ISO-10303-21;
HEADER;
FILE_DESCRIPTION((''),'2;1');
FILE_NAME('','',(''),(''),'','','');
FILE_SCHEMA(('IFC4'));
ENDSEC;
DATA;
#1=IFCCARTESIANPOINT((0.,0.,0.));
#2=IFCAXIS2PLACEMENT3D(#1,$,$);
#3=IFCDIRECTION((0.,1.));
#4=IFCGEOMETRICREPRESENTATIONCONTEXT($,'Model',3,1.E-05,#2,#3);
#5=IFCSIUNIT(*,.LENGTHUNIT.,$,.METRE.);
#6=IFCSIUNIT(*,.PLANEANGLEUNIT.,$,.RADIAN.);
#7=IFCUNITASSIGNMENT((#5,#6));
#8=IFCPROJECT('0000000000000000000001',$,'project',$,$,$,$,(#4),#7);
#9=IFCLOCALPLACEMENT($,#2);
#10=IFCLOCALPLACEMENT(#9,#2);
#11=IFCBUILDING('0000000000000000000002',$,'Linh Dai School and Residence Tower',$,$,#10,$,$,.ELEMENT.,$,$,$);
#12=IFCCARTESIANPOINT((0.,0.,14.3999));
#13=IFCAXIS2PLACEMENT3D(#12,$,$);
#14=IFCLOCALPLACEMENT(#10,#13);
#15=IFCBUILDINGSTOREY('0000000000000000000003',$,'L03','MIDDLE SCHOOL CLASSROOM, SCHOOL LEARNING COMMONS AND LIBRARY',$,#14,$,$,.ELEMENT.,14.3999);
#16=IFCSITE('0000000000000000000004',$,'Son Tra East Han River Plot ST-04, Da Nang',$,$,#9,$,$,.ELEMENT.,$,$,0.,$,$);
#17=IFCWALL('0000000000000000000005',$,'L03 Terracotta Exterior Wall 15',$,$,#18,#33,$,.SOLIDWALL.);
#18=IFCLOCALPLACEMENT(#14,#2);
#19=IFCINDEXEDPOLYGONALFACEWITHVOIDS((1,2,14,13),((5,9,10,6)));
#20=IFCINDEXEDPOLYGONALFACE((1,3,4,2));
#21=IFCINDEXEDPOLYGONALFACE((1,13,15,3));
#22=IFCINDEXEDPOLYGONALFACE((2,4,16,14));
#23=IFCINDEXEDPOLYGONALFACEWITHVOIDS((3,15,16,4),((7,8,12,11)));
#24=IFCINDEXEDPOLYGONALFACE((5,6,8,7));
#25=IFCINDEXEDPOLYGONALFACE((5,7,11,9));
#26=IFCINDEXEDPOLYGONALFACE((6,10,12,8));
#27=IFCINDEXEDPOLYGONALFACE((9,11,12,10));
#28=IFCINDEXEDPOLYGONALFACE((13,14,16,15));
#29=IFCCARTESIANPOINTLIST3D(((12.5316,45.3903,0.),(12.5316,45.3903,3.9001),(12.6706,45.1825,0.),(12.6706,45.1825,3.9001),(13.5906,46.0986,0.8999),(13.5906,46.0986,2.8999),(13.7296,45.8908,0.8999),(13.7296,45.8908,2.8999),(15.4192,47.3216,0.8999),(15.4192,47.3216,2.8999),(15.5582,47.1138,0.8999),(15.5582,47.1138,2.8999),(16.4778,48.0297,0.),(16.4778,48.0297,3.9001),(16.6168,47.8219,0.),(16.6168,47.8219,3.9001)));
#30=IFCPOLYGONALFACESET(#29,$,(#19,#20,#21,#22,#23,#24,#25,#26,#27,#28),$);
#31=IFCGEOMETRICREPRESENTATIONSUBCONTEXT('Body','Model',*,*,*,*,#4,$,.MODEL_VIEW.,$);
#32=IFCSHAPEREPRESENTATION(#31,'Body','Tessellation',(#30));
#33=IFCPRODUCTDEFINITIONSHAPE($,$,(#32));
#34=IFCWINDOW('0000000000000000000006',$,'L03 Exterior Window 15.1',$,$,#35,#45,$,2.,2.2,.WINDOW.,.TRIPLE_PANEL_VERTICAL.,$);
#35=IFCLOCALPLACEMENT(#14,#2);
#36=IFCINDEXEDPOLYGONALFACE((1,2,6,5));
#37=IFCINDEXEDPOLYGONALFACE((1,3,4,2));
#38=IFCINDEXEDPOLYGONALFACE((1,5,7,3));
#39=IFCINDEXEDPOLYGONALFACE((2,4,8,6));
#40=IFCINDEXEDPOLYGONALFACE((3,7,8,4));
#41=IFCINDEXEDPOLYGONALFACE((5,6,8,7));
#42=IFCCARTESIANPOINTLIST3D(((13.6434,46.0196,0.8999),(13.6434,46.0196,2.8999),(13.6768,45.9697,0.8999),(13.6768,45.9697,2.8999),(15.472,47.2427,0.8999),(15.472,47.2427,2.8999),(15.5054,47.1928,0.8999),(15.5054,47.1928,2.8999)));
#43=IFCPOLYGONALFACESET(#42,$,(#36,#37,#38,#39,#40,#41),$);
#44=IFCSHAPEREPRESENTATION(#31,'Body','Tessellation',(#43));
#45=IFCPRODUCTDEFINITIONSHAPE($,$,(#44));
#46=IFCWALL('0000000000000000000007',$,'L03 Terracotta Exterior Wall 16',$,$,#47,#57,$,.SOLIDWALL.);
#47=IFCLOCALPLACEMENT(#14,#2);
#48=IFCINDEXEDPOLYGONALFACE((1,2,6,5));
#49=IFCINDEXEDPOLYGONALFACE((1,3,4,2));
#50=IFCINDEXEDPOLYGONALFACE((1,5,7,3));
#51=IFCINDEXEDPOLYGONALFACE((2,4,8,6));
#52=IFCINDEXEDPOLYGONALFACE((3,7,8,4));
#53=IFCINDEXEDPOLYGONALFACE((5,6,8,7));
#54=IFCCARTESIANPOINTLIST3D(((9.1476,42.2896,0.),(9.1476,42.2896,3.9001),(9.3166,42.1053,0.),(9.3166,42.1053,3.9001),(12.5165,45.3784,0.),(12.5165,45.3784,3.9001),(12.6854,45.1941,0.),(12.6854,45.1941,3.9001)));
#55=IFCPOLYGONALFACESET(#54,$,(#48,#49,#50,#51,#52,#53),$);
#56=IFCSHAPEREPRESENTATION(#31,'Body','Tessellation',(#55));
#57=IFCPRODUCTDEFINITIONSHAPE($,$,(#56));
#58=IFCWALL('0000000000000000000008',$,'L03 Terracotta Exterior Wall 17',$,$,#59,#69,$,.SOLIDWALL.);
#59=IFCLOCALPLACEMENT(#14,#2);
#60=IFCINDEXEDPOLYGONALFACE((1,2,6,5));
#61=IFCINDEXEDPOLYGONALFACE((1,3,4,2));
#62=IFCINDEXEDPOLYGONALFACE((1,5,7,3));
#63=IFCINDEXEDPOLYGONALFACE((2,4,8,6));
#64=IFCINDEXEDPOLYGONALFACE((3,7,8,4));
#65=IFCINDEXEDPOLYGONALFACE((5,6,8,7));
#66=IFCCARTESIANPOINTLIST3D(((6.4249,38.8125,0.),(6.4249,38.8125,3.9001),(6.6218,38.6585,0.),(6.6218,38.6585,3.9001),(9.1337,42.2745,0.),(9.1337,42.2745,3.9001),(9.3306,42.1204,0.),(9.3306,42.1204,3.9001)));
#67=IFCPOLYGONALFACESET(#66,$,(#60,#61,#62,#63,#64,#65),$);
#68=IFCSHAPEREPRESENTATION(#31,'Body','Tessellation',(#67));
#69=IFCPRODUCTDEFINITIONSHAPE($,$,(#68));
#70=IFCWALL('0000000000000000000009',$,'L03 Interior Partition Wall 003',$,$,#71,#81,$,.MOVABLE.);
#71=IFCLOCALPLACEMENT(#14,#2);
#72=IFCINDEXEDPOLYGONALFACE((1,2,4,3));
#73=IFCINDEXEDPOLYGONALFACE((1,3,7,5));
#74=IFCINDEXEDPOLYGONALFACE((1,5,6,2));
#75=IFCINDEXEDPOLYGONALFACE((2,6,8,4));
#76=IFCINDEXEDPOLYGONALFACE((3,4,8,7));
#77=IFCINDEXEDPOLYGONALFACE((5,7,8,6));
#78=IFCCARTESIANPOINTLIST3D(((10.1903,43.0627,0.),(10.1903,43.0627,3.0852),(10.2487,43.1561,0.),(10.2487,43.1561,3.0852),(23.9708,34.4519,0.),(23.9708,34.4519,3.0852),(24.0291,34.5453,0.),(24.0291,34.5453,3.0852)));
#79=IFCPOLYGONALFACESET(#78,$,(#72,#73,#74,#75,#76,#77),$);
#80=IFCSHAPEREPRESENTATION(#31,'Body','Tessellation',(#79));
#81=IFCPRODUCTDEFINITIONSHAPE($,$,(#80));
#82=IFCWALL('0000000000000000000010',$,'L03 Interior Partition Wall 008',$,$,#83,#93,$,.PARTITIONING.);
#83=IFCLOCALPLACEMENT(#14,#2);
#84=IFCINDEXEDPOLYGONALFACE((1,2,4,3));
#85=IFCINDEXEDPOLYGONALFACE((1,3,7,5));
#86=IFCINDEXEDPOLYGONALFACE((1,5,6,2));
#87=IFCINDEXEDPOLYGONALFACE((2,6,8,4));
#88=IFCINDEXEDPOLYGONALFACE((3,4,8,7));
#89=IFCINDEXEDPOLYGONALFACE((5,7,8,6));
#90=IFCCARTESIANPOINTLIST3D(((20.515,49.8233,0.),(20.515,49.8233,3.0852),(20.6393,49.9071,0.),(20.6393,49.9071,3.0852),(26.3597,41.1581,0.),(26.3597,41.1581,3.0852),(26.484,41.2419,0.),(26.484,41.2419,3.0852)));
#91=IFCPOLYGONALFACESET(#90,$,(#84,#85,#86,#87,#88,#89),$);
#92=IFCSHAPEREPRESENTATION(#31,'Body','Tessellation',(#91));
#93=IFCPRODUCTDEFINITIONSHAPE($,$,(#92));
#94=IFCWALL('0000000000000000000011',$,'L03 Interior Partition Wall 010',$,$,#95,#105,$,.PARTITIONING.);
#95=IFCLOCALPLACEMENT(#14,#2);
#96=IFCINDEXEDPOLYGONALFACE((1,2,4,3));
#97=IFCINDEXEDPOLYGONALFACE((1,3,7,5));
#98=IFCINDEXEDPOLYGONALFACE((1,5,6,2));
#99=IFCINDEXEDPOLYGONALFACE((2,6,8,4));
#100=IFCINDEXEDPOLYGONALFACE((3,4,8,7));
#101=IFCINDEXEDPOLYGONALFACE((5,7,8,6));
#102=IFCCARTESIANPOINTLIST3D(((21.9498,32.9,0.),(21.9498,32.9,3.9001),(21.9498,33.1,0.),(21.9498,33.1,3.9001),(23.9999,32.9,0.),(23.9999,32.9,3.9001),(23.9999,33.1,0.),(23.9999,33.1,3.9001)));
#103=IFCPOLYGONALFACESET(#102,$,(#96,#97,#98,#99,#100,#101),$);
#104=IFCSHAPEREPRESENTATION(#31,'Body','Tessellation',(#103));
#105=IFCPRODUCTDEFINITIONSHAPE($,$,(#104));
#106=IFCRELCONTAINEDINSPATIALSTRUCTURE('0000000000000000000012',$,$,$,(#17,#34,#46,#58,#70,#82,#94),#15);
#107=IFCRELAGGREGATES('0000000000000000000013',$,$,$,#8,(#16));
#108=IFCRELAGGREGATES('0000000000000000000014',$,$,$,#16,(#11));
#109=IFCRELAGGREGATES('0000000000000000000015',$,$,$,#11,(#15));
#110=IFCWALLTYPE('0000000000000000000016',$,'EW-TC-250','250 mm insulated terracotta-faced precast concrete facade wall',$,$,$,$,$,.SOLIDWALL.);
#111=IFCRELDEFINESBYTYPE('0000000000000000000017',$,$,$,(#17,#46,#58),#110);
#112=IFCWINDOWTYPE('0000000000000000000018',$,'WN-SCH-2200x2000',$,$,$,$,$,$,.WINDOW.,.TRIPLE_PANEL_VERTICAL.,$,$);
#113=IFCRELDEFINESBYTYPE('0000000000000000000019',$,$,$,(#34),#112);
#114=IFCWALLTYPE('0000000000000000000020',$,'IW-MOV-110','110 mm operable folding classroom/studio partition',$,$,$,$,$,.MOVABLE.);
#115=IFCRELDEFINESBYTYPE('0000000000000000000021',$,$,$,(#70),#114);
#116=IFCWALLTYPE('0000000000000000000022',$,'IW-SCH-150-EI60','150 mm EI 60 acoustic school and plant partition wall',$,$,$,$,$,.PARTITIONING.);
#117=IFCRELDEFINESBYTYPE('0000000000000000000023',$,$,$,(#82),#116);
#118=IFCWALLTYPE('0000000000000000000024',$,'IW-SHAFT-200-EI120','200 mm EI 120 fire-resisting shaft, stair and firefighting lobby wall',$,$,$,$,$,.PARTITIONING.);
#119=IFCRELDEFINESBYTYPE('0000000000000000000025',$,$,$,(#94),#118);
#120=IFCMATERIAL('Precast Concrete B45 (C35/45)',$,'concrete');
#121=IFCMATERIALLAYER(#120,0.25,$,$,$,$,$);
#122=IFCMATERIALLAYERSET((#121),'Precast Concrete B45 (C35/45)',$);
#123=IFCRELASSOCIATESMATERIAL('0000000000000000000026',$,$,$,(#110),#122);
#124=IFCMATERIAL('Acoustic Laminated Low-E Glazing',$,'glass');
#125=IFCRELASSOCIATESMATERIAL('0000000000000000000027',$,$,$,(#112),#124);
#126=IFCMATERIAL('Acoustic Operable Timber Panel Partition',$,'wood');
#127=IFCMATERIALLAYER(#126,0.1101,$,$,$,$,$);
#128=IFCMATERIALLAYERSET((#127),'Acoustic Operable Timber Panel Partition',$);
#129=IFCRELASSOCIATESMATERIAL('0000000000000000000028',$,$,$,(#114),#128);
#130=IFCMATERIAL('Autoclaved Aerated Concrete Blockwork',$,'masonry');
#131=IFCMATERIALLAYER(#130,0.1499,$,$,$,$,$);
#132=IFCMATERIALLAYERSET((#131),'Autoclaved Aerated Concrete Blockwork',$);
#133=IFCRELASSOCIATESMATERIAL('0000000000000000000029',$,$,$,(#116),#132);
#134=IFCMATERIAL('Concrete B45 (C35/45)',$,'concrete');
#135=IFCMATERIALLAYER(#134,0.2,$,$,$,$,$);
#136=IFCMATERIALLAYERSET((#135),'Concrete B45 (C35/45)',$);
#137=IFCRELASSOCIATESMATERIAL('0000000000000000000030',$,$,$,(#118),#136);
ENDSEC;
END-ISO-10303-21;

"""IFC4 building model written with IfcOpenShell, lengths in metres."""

from ifc_helpers import new_model, si_unit, direction, frame, frame_2d, origin, origin_2d, place, context, subcontext, project, spatial, rectangle, extrude, source, transform, mapped, material, layer, layer_set, type_object, element, fill, save


model = new_model("IFC4")

# Units and contexts
model_context = context("Model", 3, precision=1e-05, world=origin(), true_north=direction((0.0, 1.0)))
body_context = subcontext(model_context, "Body", "Model", "MODEL_VIEW")
ifc_project = project(units=[si_unit("LENGTHUNIT", "METRE"), si_unit("PLANEANGLEUNIT", "RADIAN")], contexts=[model_context])

# Site, building, storey
site_placement = place(None, origin())
site = spatial("IfcSite", under=ifc_project, at=site_placement, Name="Son Tra East Han River Plot ST-04, Da Nang", CompositionType="ELEMENT", RefElevation=0.0)
building_placement = place(site_placement, origin())
building = spatial("IfcBuilding", under=site, at=building_placement, Name="Linh Dai School and Residence Tower", CompositionType="ELEMENT")
storey_placement = place(building_placement, frame((0.0, 0.0, 14.3999)))
storey = spatial("IfcBuildingStorey", under=building, at=storey_placement, Name="L03", Description="MIDDLE SCHOOL CLASSROOM, SCHOOL LEARNING COMMONS AND LIBRARY", CompositionType="ELEMENT", Elevation=14.3999)

# Wall, opening, window
ifc_material_1 = material(Name="Precast Concrete B45 (C35/45)", Category="concrete")
ifc_layer_1 = layer(ifc_material_1, 0.25)
ifc_layer_set_1 = layer_set([ifc_layer_1], Name="Precast Concrete B45 (C35/45)")
wall_type_1 = type_object("IfcWallType", Name="EW-TC-250", Description="250 mm insulated terracotta-faced precast concrete facade wall", PredefinedType="SOLIDWALL", material=ifc_layer_set_1)
ifc_material_2 = material(Name="Acoustic Laminated Low-E Glazing", Category="glass")
window_type = type_object("IfcWindowType", Name="WN-SCH-2200x2000", PartitioningType="TRIPLE_PANEL_VERTICAL", PredefinedType="WINDOW", material=ifc_material_2)
shared_shape_1 = source(origin(), body_context, "Body", "SweptSolid", [
    extrude(rectangle(XDim=2.2, YDim=2.0, at=origin_2d()), frame((1.1001, 0.03, 1.0), z_axis=(0.0, -1.0, 0.0), x_axis=(1.0, 0.0, 0.0)), (0.0, 0.0, 1.0), 0.0601),
])
wall_1_placement = place(storey_placement, frame((12.6011, 45.2864, 0.0), z_axis=(0.0, 0.0, 1.0), x_axis=(0.831219, 0.555946, 0.0)))
wall_1 = element("IfcWall", 1, at=wall_1_placement, inside=storey, type_object=wall_type_1, Name="L03 Terracotta Exterior Wall 15", PredefinedType="SOLIDWALL", context=body_context, shape_type="SweptSolid", body=[
    extrude(rectangle(XDim=4.7476, YDim=0.25, at=frame_2d((2.3738, 0.0))), origin(), (0.0, 0.0, 1.0), 3.9001),
])
opening_1_placement = place(wall_1_placement, frame((1.2739, 0.0, 0.8999)))
opening_1 = element("IfcOpeningElement", 2, at=opening_1_placement, cuts=wall_1, PredefinedType="OPENING", context=body_context, shape_type="SweptSolid", body=[
    extrude(rectangle(XDim=2.2, YDim=2.0, at=origin_2d()), frame((1.1001, 0.135, 1.0), z_axis=(0.0, -1.0, 0.0), x_axis=(1.0, 0.0, 0.0)), (0.0, 0.0, 1.0), 0.27),
])
window_1_placement = place(opening_1_placement, origin())
window_1 = element("IfcWindow", 3, at=window_1_placement, inside=storey, type_object=window_type, Name="L03 Exterior Window 15.1", OverallHeight=2.0, OverallWidth=2.2, PartitioningType="TRIPLE_PANEL_VERTICAL", PredefinedType="WINDOW", context=body_context, shape_type="MappedRepresentation", body=[
    mapped(shared_shape_1, transform((0.0, 0.0, 0.0), x_axis=(1.0, 0.0, 0.0), y_axis=(0.0, 1.0, 0.0), z_axis=(0.0, 0.0, 1.0), scale=1.0)),
])
fill(opening_1, window_1)

# Walls
wall_2_placement = place(storey_placement, frame((9.2322, 42.1975, 0.0), z_axis=(0.0, 0.0, 1.0), x_axis=(0.737077, 0.675809, 0.0)))
element("IfcWall", 4, at=wall_2_placement, inside=storey, type_object=wall_type_1, Name="L03 Terracotta Exterior Wall 16", PredefinedType="SOLIDWALL", context=body_context, shape_type="SweptSolid", body=[
    extrude(rectangle(XDim=4.5706, YDim=0.25, at=frame_2d((2.2852, 0.0))), origin(), (0.0, 0.0, 1.0), 3.9001),
])
wall_3_placement = place(storey_placement, frame((6.5234, 38.7356, 0.0), z_axis=(0.0, 0.0, 1.0), x_axis=(0.616226, 0.787569, 0.0)))
element("IfcWall", 5, at=wall_3_placement, inside=storey, type_object=wall_type_1, Name="L03 Terracotta Exterior Wall 17", PredefinedType="SOLIDWALL", context=body_context, shape_type="SweptSolid", body=[
    extrude(rectangle(XDim=4.3958, YDim=0.25, at=frame_2d((2.1978, 0.0))), origin(), (0.0, 0.0, 1.0), 3.9001),
])
ifc_material_3 = material(Name="Acoustic Operable Timber Panel Partition", Category="wood")
ifc_layer_2 = layer(ifc_material_3, 0.1101)
ifc_layer_set_2 = layer_set([ifc_layer_2], Name="Acoustic Operable Timber Panel Partition")
wall_type_2 = type_object("IfcWallType", Name="IW-MOV-110", Description="110 mm operable folding classroom/studio partition", PredefinedType="MOVABLE", material=ifc_layer_set_2)
wall_4_placement = place(storey_placement, frame((10.2195, 43.1094, 0.0), z_axis=(0.0, 0.0, 1.0), x_axis=(0.848053, -0.529911, 0.0)))
element("IfcWall", 6, at=wall_4_placement, inside=storey, type_object=wall_type_2, Name="L03 Interior Partition Wall 003", PredefinedType="MOVABLE", context=body_context, shape_type="SweptSolid", body=[
    extrude(rectangle(XDim=16.2495, YDim=0.1101, at=frame_2d((8.1248, 0.0))), origin(), (0.0, 0.0, 1.0), 3.0852),
])
ifc_material_4 = material(Name="Autoclaved Aerated Concrete Blockwork", Category="masonry")
ifc_layer_3 = layer(ifc_material_4, 0.1499)
ifc_layer_set_3 = layer_set([ifc_layer_3], Name="Autoclaved Aerated Concrete Blockwork")
wall_type_3 = type_object("IfcWallType", Name="IW-SCH-150-EI60", Description="150 mm EI 60 acoustic school and plant partition wall", PredefinedType="PARTITIONING", material=ifc_layer_set_3)
wall_5_placement = place(storey_placement, frame((20.5771, 49.8652, 0.0), z_axis=(0.0, 0.0, 1.0), x_axis=(0.559188, -0.829041, 0.0)))
element("IfcWall", 7, at=wall_5_placement, inside=storey, type_object=wall_type_3, Name="L03 Interior Partition Wall 008", PredefinedType="PARTITIONING", context=body_context, shape_type="SweptSolid", body=[
    extrude(rectangle(XDim=10.4521, YDim=0.1499, at=frame_2d((5.2261, 0.0))), origin(), (0.0, 0.0, 1.0), 3.0852),
])
ifc_material_5 = material(Name="Concrete B45 (C35/45)", Category="concrete")
ifc_layer_4 = layer(ifc_material_5, 0.2)
ifc_layer_set_4 = layer_set([ifc_layer_4], Name="Concrete B45 (C35/45)")
wall_type_4 = type_object("IfcWallType", Name="IW-SHAFT-200-EI120", Description="200 mm EI 120 fire-resisting shaft, stair and firefighting lobby wall", PredefinedType="PARTITIONING", material=ifc_layer_set_4)
wall_6_placement = place(storey_placement, frame((21.95, 33.0, 0.0), z_axis=(0.0, 0.0, 1.0), x_axis=(1.0, 0.0, 0.0)))
element("IfcWall", 8, at=wall_6_placement, inside=storey, type_object=wall_type_4, Name="L03 Interior Partition Wall 010", PredefinedType="PARTITIONING", context=body_context, shape_type="SweptSolid", body=[
    extrude(rectangle(XDim=2.05, YDim=0.2, at=frame_2d((1.0249, 0.0))), origin(), (0.0, 0.0, 1.0), 3.9001),
])

save(model, "model.ifc")
